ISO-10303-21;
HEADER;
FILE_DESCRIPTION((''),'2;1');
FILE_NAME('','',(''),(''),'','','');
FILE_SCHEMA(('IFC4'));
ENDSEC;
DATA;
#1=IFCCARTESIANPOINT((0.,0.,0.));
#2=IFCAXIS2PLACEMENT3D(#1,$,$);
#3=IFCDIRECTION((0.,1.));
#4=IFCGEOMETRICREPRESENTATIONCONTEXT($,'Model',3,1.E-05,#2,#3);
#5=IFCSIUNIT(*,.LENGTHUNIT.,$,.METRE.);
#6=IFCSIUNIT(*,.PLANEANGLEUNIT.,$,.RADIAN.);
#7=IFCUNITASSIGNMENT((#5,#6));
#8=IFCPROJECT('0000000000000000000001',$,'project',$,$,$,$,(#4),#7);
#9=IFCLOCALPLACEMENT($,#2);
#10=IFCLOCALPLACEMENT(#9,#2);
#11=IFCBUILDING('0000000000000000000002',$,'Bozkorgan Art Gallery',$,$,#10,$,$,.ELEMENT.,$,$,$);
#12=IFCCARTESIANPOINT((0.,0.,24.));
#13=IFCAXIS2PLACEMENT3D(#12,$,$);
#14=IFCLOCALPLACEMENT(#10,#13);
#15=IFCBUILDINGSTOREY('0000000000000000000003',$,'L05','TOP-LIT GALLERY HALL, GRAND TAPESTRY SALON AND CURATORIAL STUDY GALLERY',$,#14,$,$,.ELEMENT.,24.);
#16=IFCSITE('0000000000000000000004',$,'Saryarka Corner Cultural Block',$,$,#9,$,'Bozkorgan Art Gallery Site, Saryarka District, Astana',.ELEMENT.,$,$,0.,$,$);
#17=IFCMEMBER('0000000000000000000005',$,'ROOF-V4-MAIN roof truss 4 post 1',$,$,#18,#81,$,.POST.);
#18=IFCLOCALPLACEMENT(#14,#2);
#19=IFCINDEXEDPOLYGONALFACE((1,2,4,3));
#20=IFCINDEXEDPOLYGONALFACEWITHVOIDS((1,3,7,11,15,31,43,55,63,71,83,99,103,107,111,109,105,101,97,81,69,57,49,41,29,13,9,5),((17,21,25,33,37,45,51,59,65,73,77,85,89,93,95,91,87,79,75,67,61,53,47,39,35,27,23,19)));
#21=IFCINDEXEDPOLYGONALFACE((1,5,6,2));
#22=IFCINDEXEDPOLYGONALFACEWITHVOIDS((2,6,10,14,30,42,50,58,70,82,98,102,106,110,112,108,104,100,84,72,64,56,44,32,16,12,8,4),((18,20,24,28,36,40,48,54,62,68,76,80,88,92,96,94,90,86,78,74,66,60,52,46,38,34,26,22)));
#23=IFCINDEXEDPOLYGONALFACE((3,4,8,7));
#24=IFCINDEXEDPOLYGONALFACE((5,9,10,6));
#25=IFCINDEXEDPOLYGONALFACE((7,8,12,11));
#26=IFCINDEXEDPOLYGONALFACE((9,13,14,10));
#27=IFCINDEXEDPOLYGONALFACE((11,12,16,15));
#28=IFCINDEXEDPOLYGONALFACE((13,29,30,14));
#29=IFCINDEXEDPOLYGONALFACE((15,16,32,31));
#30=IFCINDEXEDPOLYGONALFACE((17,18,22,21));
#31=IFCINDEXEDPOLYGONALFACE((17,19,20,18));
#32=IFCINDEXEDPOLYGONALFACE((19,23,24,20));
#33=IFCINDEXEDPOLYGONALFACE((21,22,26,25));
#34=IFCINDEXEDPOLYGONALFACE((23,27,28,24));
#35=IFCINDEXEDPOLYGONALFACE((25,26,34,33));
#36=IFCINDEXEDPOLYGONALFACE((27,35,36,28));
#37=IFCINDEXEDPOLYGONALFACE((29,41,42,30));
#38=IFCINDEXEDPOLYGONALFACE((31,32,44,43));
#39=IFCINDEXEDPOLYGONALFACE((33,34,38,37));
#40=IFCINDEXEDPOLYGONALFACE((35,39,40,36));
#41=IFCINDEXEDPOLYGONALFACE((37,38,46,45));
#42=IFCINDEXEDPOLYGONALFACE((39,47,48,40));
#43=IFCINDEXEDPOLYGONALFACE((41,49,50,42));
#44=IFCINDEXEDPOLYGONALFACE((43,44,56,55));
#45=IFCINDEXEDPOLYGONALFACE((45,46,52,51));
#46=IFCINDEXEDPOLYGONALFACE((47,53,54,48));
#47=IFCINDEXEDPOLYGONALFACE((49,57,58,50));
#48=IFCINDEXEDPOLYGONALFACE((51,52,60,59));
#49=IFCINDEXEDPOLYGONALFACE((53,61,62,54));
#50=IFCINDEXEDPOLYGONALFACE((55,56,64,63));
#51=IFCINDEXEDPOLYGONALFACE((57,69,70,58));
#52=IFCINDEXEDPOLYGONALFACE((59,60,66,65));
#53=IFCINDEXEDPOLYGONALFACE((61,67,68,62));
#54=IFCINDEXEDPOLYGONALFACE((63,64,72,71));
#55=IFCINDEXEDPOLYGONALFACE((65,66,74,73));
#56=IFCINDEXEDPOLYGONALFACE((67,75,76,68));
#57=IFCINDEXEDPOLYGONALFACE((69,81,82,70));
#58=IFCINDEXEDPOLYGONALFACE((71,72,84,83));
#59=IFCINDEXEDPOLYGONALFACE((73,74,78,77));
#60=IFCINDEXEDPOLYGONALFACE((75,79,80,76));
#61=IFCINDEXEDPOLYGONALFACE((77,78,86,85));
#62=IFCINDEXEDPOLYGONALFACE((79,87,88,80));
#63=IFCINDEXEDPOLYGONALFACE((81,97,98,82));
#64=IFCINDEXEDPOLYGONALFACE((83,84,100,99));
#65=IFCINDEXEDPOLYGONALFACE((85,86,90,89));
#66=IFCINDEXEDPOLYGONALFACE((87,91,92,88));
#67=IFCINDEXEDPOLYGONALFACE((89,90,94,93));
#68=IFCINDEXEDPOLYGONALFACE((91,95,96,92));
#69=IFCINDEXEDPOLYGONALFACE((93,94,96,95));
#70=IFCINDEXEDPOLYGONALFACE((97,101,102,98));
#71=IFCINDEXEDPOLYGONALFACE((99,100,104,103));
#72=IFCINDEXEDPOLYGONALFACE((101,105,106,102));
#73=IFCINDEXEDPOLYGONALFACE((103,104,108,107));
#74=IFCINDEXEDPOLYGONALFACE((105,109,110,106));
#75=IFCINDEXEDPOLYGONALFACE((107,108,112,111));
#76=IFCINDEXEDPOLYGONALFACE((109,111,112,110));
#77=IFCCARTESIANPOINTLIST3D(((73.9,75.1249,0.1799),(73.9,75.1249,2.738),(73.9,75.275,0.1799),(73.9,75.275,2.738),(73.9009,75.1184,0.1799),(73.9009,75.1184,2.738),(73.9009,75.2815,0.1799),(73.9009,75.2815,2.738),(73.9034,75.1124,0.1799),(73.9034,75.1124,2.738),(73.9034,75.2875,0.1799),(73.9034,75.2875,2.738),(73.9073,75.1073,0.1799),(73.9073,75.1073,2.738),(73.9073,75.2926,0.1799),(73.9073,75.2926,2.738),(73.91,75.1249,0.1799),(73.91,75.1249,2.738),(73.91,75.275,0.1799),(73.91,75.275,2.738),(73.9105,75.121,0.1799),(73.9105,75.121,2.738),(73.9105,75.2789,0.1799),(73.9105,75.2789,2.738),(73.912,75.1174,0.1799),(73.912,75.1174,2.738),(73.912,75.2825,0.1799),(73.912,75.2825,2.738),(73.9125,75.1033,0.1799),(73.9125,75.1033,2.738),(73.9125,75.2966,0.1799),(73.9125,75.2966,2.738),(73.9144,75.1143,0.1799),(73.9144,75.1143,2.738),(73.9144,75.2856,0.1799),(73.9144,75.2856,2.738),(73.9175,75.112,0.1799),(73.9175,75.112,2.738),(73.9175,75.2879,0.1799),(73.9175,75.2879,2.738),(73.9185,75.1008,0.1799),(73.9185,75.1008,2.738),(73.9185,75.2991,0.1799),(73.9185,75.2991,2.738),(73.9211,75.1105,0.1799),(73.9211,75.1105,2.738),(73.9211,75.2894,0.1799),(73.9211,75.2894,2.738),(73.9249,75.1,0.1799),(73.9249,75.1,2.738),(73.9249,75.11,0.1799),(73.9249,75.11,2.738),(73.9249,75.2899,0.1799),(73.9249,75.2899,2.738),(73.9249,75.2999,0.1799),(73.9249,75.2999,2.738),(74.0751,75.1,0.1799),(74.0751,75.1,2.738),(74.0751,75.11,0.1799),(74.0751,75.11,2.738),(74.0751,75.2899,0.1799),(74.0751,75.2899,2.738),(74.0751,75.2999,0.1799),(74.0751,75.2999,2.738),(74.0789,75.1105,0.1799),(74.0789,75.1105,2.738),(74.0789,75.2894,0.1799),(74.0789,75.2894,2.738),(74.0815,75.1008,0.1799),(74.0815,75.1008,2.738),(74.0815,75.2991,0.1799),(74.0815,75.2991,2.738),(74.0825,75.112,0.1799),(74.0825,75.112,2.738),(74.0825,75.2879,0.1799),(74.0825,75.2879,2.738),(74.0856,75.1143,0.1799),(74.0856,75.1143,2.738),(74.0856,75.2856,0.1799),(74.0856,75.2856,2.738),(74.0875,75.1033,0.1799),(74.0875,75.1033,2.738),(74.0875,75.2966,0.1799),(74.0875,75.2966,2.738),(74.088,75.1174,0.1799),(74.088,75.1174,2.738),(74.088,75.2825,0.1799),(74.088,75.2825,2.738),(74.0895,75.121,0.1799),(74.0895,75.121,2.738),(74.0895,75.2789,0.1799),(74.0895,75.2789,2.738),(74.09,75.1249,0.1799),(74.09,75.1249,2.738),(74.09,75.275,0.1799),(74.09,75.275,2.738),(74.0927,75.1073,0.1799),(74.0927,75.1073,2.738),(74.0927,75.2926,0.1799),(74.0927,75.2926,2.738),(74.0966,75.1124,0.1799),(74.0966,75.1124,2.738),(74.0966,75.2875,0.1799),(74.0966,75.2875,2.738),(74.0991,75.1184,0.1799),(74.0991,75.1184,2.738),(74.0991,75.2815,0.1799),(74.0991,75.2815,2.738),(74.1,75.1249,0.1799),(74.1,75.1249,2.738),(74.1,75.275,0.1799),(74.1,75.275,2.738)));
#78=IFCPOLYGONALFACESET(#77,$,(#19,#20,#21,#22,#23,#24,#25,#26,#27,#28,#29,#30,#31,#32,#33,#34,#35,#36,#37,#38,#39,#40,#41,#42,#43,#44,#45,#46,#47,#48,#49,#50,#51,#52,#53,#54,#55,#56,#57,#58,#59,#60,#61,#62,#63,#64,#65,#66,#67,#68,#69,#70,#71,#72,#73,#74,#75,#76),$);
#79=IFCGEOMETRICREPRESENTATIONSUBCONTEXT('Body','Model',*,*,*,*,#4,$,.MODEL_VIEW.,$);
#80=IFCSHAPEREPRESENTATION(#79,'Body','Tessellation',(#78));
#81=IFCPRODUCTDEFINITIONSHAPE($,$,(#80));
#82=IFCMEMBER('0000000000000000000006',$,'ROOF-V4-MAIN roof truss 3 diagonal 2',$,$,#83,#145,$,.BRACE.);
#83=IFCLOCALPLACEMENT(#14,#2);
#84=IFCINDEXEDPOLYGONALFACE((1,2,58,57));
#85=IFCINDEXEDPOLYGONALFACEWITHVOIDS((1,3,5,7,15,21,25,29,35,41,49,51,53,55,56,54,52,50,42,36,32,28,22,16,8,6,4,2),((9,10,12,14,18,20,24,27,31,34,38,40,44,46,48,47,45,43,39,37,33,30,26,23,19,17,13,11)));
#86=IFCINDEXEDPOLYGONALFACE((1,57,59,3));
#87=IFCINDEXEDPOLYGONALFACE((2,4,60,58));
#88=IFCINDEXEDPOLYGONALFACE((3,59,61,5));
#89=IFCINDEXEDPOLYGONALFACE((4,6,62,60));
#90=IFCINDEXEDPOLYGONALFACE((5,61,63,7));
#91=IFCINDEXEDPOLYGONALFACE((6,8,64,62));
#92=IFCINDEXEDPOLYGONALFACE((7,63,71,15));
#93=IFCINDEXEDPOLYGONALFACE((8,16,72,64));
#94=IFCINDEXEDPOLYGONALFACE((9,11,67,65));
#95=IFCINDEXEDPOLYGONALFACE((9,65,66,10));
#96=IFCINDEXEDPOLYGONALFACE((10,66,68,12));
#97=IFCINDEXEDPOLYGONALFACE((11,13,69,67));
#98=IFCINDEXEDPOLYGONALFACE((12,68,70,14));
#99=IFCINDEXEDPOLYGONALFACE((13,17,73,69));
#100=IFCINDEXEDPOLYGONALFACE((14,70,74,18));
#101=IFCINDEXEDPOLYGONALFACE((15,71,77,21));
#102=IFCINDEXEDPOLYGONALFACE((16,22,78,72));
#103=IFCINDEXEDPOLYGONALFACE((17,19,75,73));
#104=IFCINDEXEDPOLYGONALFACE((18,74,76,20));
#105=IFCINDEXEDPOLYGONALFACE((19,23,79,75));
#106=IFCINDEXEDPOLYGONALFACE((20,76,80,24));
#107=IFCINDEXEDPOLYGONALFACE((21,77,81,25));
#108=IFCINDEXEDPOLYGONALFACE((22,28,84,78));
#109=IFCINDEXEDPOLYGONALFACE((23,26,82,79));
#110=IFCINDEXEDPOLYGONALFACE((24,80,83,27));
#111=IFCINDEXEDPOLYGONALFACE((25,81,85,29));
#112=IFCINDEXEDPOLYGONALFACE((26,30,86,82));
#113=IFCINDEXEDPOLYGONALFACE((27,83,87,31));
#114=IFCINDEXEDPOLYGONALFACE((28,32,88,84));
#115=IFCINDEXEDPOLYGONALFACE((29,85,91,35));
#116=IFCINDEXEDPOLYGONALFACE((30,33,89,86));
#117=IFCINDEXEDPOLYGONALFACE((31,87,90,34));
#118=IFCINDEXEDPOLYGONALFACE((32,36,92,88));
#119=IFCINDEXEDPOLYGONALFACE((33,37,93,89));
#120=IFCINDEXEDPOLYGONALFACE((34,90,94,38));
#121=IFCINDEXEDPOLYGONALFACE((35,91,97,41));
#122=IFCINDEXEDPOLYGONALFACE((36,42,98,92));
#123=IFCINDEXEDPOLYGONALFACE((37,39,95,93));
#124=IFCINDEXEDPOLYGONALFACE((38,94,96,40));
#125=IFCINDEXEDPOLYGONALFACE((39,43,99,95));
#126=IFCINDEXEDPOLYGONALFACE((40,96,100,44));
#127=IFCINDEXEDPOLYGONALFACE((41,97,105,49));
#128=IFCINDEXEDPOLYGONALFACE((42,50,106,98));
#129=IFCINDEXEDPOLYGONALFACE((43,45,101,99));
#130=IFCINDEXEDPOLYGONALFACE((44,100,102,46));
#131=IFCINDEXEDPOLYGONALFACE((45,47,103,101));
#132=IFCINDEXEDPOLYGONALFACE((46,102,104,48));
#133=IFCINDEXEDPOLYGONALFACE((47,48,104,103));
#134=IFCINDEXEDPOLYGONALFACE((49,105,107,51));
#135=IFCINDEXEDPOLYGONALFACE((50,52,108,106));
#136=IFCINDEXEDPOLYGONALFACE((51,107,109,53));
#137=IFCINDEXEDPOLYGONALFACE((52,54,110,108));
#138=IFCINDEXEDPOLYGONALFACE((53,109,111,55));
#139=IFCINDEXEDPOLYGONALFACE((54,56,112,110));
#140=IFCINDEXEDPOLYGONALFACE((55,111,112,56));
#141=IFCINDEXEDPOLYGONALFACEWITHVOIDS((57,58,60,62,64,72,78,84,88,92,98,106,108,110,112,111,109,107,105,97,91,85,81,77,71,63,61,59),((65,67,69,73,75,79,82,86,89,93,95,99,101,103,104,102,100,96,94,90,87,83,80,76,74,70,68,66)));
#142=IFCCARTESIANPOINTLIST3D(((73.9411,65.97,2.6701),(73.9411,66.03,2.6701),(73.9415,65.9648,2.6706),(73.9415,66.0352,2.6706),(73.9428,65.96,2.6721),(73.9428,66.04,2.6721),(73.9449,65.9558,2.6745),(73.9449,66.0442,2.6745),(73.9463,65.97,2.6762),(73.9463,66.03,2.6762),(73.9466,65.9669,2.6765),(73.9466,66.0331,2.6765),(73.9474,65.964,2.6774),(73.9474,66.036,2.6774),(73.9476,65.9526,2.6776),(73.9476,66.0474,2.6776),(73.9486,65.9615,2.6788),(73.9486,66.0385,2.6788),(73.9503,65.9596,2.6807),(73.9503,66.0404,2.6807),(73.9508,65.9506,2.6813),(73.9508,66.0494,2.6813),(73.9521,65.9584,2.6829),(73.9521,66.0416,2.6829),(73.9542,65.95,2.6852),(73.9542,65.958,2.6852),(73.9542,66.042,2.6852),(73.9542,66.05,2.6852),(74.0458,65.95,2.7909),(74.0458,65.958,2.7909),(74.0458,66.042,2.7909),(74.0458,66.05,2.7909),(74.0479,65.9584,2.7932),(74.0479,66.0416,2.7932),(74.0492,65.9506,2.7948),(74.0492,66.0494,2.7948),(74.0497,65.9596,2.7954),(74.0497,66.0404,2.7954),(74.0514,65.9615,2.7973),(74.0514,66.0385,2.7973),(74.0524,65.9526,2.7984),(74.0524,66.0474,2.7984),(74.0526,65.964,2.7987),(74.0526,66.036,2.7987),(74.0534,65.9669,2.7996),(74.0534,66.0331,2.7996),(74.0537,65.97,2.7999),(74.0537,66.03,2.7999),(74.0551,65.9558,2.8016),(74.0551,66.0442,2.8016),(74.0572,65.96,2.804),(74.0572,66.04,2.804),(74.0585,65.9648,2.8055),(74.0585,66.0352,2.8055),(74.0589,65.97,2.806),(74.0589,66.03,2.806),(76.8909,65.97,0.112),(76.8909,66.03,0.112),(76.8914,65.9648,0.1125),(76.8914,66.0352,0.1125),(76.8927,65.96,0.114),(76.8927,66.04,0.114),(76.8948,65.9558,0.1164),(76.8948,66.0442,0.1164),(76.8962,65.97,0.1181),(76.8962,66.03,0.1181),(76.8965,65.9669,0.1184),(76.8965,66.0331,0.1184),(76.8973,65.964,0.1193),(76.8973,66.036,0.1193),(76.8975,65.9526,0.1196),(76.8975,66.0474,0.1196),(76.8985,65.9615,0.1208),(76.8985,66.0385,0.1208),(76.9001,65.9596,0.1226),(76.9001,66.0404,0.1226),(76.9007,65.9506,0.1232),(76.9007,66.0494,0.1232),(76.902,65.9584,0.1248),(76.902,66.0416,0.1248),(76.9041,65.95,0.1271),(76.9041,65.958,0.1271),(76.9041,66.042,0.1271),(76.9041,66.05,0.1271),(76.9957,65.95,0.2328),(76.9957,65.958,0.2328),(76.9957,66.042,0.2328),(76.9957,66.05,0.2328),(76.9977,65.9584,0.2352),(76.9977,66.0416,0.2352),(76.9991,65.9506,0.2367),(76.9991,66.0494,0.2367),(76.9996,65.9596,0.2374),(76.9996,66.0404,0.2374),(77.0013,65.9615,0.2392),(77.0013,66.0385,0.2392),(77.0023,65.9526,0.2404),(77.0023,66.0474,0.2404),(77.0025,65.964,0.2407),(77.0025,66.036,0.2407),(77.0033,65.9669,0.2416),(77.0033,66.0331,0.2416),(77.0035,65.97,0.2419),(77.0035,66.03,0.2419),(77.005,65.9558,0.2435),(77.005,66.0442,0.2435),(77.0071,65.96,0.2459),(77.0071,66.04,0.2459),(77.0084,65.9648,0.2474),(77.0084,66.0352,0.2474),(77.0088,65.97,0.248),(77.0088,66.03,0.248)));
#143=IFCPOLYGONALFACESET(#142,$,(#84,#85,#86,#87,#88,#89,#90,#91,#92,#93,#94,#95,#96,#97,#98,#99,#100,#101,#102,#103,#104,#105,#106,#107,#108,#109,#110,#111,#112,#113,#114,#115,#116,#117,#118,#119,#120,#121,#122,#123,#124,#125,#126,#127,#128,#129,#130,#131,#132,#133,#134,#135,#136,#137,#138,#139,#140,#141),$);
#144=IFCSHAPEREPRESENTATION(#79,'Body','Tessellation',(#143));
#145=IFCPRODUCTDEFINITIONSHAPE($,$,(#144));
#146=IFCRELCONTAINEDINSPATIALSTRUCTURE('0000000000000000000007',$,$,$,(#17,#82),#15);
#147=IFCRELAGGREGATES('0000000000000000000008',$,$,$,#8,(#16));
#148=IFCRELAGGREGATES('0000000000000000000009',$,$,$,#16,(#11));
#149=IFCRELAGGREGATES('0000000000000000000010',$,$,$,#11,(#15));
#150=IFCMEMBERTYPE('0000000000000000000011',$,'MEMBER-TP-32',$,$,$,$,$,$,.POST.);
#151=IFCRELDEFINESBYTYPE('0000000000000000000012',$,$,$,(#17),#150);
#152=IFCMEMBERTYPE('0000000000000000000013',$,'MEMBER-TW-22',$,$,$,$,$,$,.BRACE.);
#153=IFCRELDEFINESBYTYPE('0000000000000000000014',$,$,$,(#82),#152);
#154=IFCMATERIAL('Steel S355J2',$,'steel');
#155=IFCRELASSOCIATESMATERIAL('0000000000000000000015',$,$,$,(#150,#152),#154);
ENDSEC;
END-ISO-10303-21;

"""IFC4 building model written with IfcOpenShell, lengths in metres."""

from ifc_helpers import new_model, si_unit, direction, frame, origin, origin_2d, place, context, subcontext, project, spatial, hollow_rectangle, extrude, material, material_profile, profile_set, type_object, element, save


model = new_model("IFC4")

# Units and contexts
model_context = context("Model", 3, precision=1e-05, world=origin(), true_north=direction((0.0, 1.0)))
body_context = subcontext(model_context, "Body", "Model", "MODEL_VIEW")
ifc_project = project(units=[si_unit("LENGTHUNIT", "METRE"), si_unit("PLANEANGLEUNIT", "RADIAN")], contexts=[model_context])

# Site, building, storey
site_placement = place(None, origin())
site = spatial("IfcSite", under=ifc_project, at=site_placement, Name="Saryarka Corner Cultural Block", LongName="Bozkorgan Art Gallery Site, Saryarka District, Astana", CompositionType="ELEMENT", RefElevation=0.0)
building_placement = place(site_placement, origin())
building = spatial("IfcBuilding", under=site, at=building_placement, Name="Bozkorgan Art Gallery", CompositionType="ELEMENT")
storey_placement = place(building_placement, frame((0.0, 0.0, 24.0)))
storey = spatial("IfcBuildingStorey", under=building, at=storey_placement, Name="L05", Description="TOP-LIT GALLERY HALL, GRAND TAPESTRY SALON AND CURATORIAL STUDY GALLERY", CompositionType="ELEMENT", Elevation=24.0)

# Shared definitions
ifc_material_1 = material(Name="Steel S355J2", Category="steel")

# Members
ifc_material_profile_1 = material_profile(ifc_material_1, hollow_rectangle(XDim=0.2, YDim=0.2, WallThickness=0.01, InnerFilletRadius=0.0149, OuterFilletRadius=0.0249, at=origin_2d()), Name="SHS 200x200x10")
ifc_profile_set_1 = profile_set([ifc_material_profile_1], Name="Steel S355J2")
member_type_1 = type_object("IfcMemberType", Name="MEMBER-TP-32", PredefinedType="POST", material=ifc_profile_set_1)
member_1_placement = place(storey_placement, frame((74.0, 75.2, 0.1799), z_axis=(0.0, 0.0, 1.0), x_axis=(1.0, 0.0, 0.0)))
element("IfcMember", 1, at=member_1_placement, inside=storey, type_object=member_type_1, Name="ROOF-V4-MAIN roof truss 4 post 1", PredefinedType="POST", context=body_context, shape_type="SweptSolid", body=[
    extrude(hollow_rectangle(XDim=0.2, YDim=0.2, WallThickness=0.01, InnerFilletRadius=0.0149, OuterFilletRadius=0.0249, at=origin_2d()), origin(), (0.0, 0.0, 1.0), 2.5581),
])
ifc_material_profile_2 = material_profile(ifc_material_1, hollow_rectangle(XDim=0.1001, YDim=0.1799, WallThickness=0.0081, InnerFilletRadius=0.012, OuterFilletRadius=0.02, at=origin_2d()), Name="RHS 180x100x8")
ifc_profile_set_2 = profile_set([ifc_material_profile_2], Name="Steel S355J2")
member_type_2 = type_object("IfcMemberType", Name="MEMBER-TW-22", PredefinedType="BRACE", material=ifc_profile_set_2)
member_2_placement = place(storey_placement, frame((74.0, 66.0, 2.738), z_axis=(0.755501, 0.0, -0.655147), x_axis=(0.0, 1.0, 0.0)))
element("IfcMember", 2, at=member_2_placement, inside=storey, type_object=member_type_2, Name="ROOF-V4-MAIN roof truss 3 diagonal 2", PredefinedType="BRACE", context=body_context, shape_type="SweptSolid", body=[
    extrude(hollow_rectangle(XDim=0.1001, YDim=0.1799, WallThickness=0.0081, InnerFilletRadius=0.012, OuterFilletRadius=0.02, at=origin_2d()), origin(), (0.0, 0.0, 1.0), 3.9045),
])

save(model, "model.ifc")
